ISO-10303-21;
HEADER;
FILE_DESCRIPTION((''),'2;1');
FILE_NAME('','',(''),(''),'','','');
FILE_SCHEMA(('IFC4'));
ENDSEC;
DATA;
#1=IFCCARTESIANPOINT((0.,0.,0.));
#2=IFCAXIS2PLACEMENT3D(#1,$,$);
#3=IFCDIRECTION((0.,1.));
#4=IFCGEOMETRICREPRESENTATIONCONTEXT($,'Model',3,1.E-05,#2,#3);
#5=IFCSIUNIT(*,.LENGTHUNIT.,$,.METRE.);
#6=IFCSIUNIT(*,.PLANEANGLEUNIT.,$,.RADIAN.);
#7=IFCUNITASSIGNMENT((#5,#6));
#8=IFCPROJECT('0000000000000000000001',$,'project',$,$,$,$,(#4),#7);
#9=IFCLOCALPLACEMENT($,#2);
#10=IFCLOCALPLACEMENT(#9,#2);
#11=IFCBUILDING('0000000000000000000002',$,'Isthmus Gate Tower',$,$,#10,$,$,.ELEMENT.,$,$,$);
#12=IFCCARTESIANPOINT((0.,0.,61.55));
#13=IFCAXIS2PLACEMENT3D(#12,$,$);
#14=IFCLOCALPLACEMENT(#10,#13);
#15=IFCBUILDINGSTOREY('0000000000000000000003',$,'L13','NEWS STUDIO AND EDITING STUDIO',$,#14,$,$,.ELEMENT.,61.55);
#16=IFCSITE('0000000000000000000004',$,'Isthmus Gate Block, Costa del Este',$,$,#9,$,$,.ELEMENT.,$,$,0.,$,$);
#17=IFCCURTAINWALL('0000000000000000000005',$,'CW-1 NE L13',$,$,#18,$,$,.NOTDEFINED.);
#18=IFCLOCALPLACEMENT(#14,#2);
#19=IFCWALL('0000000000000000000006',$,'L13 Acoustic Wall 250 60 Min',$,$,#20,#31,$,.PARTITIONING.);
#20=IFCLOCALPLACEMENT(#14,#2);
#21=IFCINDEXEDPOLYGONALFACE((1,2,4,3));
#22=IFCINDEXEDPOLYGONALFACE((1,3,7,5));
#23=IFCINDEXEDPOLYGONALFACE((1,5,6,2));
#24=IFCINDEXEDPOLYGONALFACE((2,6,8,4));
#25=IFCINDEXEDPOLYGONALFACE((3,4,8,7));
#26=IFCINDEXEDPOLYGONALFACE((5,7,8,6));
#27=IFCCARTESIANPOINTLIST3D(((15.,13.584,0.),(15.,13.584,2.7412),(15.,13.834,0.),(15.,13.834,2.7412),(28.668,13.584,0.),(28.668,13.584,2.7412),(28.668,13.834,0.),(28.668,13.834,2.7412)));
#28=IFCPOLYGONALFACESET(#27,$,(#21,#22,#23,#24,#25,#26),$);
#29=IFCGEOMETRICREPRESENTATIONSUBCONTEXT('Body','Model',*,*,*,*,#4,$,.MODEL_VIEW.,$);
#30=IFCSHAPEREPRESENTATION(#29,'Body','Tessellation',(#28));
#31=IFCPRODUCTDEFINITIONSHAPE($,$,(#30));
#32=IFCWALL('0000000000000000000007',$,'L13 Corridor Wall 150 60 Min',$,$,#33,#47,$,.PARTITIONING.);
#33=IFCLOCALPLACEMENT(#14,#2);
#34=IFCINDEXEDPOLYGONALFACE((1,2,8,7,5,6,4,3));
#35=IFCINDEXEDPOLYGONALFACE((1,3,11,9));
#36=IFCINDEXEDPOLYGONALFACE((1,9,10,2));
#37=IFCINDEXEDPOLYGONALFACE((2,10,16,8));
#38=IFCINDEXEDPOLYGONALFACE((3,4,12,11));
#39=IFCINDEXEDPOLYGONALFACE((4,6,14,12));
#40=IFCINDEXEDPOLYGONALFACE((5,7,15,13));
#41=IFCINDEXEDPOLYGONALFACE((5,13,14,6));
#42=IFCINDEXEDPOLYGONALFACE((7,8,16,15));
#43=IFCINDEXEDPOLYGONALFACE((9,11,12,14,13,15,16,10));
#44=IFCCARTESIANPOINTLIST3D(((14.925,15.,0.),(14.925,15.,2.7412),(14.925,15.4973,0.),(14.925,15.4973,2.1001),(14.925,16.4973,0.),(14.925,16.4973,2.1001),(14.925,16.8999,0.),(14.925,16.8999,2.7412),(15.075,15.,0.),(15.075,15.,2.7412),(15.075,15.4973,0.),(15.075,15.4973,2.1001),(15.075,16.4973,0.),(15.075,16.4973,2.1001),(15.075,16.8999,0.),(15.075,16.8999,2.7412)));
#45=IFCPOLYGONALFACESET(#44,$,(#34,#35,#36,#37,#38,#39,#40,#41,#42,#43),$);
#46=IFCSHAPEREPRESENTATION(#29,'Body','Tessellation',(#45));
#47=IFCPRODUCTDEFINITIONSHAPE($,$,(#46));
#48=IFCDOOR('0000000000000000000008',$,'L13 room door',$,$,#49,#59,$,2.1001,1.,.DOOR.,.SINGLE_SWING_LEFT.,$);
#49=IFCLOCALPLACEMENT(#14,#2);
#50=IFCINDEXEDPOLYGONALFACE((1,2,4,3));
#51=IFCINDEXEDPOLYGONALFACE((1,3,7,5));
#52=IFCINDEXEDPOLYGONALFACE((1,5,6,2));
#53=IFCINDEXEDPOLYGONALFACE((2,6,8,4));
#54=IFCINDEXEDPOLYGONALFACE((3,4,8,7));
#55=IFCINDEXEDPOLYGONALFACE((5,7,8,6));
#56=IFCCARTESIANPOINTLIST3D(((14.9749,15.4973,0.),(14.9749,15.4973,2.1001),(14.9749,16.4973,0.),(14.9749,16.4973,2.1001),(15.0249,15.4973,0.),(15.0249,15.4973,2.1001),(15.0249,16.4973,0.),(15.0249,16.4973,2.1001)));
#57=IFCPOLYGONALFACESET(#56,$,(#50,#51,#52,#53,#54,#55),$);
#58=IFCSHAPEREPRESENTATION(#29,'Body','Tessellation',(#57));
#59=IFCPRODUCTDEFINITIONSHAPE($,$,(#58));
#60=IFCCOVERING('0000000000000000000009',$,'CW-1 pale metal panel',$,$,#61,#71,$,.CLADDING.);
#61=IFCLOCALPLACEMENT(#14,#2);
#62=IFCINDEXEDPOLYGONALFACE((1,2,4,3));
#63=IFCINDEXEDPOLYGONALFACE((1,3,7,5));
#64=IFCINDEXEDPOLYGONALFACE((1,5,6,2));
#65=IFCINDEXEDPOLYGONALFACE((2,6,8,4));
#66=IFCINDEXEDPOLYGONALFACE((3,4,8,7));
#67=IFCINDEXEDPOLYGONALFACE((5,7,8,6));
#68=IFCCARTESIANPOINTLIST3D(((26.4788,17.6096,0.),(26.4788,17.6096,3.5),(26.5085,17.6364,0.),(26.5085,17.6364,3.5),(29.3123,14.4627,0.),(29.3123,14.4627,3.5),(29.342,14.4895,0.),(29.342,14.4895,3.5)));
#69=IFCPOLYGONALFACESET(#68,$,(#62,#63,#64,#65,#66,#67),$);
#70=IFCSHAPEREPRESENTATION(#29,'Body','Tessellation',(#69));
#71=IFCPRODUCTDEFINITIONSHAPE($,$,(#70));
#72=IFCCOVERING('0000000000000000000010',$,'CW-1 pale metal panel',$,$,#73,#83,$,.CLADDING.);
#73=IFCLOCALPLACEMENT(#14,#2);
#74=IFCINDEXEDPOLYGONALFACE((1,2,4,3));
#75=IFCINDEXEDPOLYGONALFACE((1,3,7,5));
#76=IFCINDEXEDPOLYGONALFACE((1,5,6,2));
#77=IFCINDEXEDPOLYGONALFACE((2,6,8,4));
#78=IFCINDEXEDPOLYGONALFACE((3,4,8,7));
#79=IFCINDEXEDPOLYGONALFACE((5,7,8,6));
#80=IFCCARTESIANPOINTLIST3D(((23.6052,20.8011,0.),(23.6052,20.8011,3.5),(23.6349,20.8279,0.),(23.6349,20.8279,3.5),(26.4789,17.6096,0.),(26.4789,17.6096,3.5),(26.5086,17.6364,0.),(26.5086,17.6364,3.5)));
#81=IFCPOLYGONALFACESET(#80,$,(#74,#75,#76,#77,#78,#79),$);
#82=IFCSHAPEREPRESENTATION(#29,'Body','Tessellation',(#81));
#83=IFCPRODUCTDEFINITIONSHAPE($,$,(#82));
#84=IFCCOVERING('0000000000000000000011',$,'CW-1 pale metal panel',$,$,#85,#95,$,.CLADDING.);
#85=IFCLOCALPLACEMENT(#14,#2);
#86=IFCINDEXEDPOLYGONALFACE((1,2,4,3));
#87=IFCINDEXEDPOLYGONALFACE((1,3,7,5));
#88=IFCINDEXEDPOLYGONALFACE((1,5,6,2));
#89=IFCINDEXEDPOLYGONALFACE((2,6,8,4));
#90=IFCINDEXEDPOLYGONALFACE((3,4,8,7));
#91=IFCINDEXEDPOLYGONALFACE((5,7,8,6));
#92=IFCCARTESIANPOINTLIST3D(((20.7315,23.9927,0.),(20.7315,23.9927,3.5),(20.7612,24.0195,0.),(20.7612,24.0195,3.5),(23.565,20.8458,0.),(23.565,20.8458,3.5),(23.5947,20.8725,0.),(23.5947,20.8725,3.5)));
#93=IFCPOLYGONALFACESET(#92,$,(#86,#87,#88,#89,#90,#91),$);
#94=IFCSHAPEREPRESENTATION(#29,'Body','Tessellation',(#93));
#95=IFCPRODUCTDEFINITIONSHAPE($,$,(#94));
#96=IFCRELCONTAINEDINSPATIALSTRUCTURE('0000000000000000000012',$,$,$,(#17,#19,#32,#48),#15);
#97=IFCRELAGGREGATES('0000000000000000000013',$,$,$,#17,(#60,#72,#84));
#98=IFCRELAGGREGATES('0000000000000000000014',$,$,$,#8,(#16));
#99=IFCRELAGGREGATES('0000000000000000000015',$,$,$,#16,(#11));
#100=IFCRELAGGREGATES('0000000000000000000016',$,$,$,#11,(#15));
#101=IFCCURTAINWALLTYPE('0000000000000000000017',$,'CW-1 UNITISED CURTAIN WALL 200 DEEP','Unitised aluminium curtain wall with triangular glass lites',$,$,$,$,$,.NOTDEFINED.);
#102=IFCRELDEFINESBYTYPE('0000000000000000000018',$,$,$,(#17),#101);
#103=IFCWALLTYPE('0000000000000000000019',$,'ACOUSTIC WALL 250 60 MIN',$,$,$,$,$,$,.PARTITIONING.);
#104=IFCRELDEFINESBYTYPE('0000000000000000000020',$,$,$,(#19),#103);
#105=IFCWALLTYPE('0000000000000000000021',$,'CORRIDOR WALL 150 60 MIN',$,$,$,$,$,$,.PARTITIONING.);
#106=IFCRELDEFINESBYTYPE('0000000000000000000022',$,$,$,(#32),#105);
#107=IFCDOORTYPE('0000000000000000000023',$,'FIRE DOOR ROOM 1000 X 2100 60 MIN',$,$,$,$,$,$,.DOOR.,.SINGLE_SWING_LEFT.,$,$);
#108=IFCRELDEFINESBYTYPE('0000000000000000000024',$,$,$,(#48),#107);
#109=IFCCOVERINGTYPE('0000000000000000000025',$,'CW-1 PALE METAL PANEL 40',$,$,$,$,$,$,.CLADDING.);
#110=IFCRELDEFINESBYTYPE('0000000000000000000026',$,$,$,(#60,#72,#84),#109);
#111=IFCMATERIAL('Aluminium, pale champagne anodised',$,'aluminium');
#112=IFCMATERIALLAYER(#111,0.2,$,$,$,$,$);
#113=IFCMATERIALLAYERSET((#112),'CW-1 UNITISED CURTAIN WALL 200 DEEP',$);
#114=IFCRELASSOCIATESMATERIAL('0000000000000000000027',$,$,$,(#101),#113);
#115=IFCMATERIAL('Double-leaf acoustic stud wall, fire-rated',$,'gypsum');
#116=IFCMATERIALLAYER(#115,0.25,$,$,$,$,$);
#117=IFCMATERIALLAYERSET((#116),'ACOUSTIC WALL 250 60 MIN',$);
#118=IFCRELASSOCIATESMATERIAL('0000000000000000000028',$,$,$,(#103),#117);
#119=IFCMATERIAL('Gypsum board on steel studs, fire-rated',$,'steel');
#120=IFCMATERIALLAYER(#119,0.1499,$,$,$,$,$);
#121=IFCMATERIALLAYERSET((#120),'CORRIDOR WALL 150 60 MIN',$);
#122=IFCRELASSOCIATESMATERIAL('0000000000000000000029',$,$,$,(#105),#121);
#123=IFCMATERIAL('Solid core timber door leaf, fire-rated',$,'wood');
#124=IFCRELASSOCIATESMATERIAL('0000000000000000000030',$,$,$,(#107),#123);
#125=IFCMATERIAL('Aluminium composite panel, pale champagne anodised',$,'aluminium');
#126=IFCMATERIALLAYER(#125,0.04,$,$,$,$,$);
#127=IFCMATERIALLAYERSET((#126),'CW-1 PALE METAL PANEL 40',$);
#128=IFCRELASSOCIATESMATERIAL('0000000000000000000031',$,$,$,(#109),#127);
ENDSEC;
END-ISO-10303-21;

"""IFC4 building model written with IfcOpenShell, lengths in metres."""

from ifc_helpers import new_model, si_unit, direction, frame, frame_2d, origin, origin_2d, place, context, subcontext, project, spatial, rectangle, extrude, material, layer, layer_set, type_object, element, fill, aggregate, save


model = new_model("IFC4")

# Units and contexts
model_context = context("Model", 3, precision=1e-05, world=origin(), true_north=direction((0.0, 1.0)))
body_context = subcontext(model_context, "Body", "Model", "MODEL_VIEW")
ifc_project = project(units=[si_unit("LENGTHUNIT", "METRE"), si_unit("PLANEANGLEUNIT", "RADIAN")], contexts=[model_context])

# Site, building, storey
site_placement = place(None, origin())
site = spatial("IfcSite", under=ifc_project, at=site_placement, Name="Isthmus Gate Block, Costa del Este", CompositionType="ELEMENT", RefElevation=0.0)
building_placement = place(site_placement, origin())
building = spatial("IfcBuilding", under=site, at=building_placement, Name="Isthmus Gate Tower", CompositionType="ELEMENT")
storey_placement = place(building_placement, frame((0.0, 0.0, 61.55)))
storey = spatial("IfcBuildingStorey", under=building, at=storey_placement, Name="L13", Description="NEWS STUDIO AND EDITING STUDIO", CompositionType="ELEMENT", Elevation=61.55)

# Curtain wall
ifc_material_1 = material(Name="Aluminium, pale champagne anodised", Category="aluminium")
ifc_layer_1 = layer(ifc_material_1, 0.2)
ifc_layer_set_1 = layer_set([ifc_layer_1], Name="CW-1 UNITISED CURTAIN WALL 200 DEEP")
curtain_wall_type = type_object("IfcCurtainWallType", Name="CW-1 UNITISED CURTAIN WALL 200 DEEP", Description="Unitised aluminium curtain wall with triangular glass lites", PredefinedType="NOTDEFINED", material=ifc_layer_set_1)
curtain_wall_1_placement = place(storey_placement, origin())
curtain_wall_1 = element("IfcCurtainWall", 1, at=curtain_wall_1_placement, inside=storey, type_object=curtain_wall_type, Name="CW-1 NE L13", PredefinedType="NOTDEFINED")

# Wall
ifc_material_2 = material(Name="Double-leaf acoustic stud wall, fire-rated", Category="gypsum")
ifc_layer_2 = layer(ifc_material_2, 0.25)
ifc_layer_set_2 = layer_set([ifc_layer_2], Name="ACOUSTIC WALL 250 60 MIN")
wall_type_1 = type_object("IfcWallType", Name="ACOUSTIC WALL 250 60 MIN", PredefinedType="PARTITIONING", material=ifc_layer_set_2)
wall_1_placement = place(storey_placement, frame((15.0, 13.709, 0.0), z_axis=(0.0, 0.0, 1.0), x_axis=(1.0, 0.0, 0.0)))
element("IfcWall", 2, at=wall_1_placement, inside=storey, type_object=wall_type_1, Name="L13 Acoustic Wall 250 60 Min", PredefinedType="PARTITIONING", context=body_context, shape_type="SweptSolid", body=[
    extrude(rectangle(XDim=13.668, YDim=0.25, at=frame_2d((6.834, 0.0))), origin(), (0.0, 0.0, 1.0), 2.7412),
])

# Wall, opening, door
ifc_material_3 = material(Name="Gypsum board on steel studs, fire-rated", Category="steel")
ifc_layer_3 = layer(ifc_material_3, 0.1499)
ifc_layer_set_3 = layer_set([ifc_layer_3], Name="CORRIDOR WALL 150 60 MIN")
wall_type_2 = type_object("IfcWallType", Name="CORRIDOR WALL 150 60 MIN", PredefinedType="PARTITIONING", material=ifc_layer_set_3)
wall_2_placement = place(storey_placement, frame((15.0, 16.8999, 0.0), z_axis=(0.0, 0.0, 1.0), x_axis=(0.0, -1.0, 0.0)))
wall_2 = element("IfcWall", 3, at=wall_2_placement, inside=storey, type_object=wall_type_2, Name="L13 Corridor Wall 150 60 Min", PredefinedType="PARTITIONING", context=body_context, shape_type="SweptSolid", body=[
    extrude(rectangle(XDim=1.8999, YDim=0.1499, at=frame_2d((0.95, 0.0))), origin(), (0.0, 0.0, 1.0), 2.7412),
])
opening_placement = place(wall_2_placement, frame((0.4026, 0.0, 0.0)))
opening = element("IfcOpeningElement", 4, at=opening_placement, cuts=wall_2, PredefinedType="OPENING", context=body_context, shape_type="SweptSolid", body=[
    extrude(rectangle(XDim=1.0, YDim=2.1001, at=frame_2d((0.5, 1.05))), frame((0.0, 0.085, 0.0), z_axis=(0.0, -1.0, 0.0), x_axis=(1.0, 0.0, 0.0)), (0.0, 0.0, 1.0), 0.1699),
])
ifc_material_4 = material(Name="Solid core timber door leaf, fire-rated", Category="wood")
door_type = type_object("IfcDoorType", Name="FIRE DOOR ROOM 1000 X 2100 60 MIN", OperationType="SINGLE_SWING_LEFT", PredefinedType="DOOR", material=ifc_material_4)
door_placement = place(opening_placement, origin())
door = element("IfcDoor", 5, at=door_placement, inside=storey, type_object=door_type, Name="L13 room door", OperationType="SINGLE_SWING_LEFT", OverallHeight=2.1001, OverallWidth=1.0, PredefinedType="DOOR", context=body_context, shape_type="SweptSolid", body=[
    extrude(rectangle(XDim=1.0, YDim=2.1001, at=frame_2d((0.5, 1.05))), frame((0.0, 0.0249, 0.0), z_axis=(0.0, -1.0, 0.0), x_axis=(1.0, 0.0, 0.0)), (0.0, 0.0, 1.0), 0.05),
])
fill(opening, door)

# Coverings
ifc_material_5 = material(Name="Aluminium composite panel, pale champagne anodised", Category="aluminium")
ifc_layer_4 = layer(ifc_material_5, 0.04)
ifc_layer_set_4 = layer_set([ifc_layer_4], Name="CW-1 PALE METAL PANEL 40")
covering_type = type_object("IfcCoveringType", Name="CW-1 PALE METAL PANEL 40", PredefinedType="CLADDING", material=ifc_layer_set_4)
covering_1_placement = place(storey_placement, frame((27.9104, 16.0496, 0.0), z_axis=(0.0, 0.0, 1.0), x_axis=(-0.669131, 0.743145, 0.0)))
covering_1 = element("IfcCovering", 6, at=covering_1_placement, type_object=covering_type, Name="CW-1 pale metal panel", PredefinedType="CLADDING", context=body_context, shape_type="SweptSolid", body=[
    extrude(rectangle(XDim=4.2346, YDim=0.04, at=origin_2d()), origin(), (0.0, 0.0, 1.0), 3.5),
])
covering_2_placement = place(storey_placement, frame((25.0569, 19.2188, 0.0), z_axis=(0.0, 0.0, 1.0), x_axis=(-0.669131, 0.743145, 0.0)))
covering_2 = element("IfcCovering", 7, at=covering_2_placement, type_object=covering_type, Name="CW-1 pale metal panel", PredefinedType="CLADDING", context=body_context, shape_type="SweptSolid", body=[
    extrude(rectangle(XDim=4.2947, YDim=0.04, at=origin_2d()), origin(), (0.0, 0.0, 1.0), 3.5),
])
covering_3_placement = place(storey_placement, frame((22.1631, 22.4326, 0.0), z_axis=(0.0, 0.0, 1.0), x_axis=(-0.669131, 0.743145, 0.0)))
covering_3 = element("IfcCovering", 8, at=covering_3_placement, type_object=covering_type, Name="CW-1 pale metal panel", PredefinedType="CLADDING", context=body_context, shape_type="SweptSolid", body=[
    extrude(rectangle(XDim=4.2346, YDim=0.04, at=origin_2d()), origin(), (0.0, 0.0, 1.0), 3.5),
])
aggregate(curtain_wall_1, [covering_1, covering_2, covering_3])

save(model, "model.ifc")
